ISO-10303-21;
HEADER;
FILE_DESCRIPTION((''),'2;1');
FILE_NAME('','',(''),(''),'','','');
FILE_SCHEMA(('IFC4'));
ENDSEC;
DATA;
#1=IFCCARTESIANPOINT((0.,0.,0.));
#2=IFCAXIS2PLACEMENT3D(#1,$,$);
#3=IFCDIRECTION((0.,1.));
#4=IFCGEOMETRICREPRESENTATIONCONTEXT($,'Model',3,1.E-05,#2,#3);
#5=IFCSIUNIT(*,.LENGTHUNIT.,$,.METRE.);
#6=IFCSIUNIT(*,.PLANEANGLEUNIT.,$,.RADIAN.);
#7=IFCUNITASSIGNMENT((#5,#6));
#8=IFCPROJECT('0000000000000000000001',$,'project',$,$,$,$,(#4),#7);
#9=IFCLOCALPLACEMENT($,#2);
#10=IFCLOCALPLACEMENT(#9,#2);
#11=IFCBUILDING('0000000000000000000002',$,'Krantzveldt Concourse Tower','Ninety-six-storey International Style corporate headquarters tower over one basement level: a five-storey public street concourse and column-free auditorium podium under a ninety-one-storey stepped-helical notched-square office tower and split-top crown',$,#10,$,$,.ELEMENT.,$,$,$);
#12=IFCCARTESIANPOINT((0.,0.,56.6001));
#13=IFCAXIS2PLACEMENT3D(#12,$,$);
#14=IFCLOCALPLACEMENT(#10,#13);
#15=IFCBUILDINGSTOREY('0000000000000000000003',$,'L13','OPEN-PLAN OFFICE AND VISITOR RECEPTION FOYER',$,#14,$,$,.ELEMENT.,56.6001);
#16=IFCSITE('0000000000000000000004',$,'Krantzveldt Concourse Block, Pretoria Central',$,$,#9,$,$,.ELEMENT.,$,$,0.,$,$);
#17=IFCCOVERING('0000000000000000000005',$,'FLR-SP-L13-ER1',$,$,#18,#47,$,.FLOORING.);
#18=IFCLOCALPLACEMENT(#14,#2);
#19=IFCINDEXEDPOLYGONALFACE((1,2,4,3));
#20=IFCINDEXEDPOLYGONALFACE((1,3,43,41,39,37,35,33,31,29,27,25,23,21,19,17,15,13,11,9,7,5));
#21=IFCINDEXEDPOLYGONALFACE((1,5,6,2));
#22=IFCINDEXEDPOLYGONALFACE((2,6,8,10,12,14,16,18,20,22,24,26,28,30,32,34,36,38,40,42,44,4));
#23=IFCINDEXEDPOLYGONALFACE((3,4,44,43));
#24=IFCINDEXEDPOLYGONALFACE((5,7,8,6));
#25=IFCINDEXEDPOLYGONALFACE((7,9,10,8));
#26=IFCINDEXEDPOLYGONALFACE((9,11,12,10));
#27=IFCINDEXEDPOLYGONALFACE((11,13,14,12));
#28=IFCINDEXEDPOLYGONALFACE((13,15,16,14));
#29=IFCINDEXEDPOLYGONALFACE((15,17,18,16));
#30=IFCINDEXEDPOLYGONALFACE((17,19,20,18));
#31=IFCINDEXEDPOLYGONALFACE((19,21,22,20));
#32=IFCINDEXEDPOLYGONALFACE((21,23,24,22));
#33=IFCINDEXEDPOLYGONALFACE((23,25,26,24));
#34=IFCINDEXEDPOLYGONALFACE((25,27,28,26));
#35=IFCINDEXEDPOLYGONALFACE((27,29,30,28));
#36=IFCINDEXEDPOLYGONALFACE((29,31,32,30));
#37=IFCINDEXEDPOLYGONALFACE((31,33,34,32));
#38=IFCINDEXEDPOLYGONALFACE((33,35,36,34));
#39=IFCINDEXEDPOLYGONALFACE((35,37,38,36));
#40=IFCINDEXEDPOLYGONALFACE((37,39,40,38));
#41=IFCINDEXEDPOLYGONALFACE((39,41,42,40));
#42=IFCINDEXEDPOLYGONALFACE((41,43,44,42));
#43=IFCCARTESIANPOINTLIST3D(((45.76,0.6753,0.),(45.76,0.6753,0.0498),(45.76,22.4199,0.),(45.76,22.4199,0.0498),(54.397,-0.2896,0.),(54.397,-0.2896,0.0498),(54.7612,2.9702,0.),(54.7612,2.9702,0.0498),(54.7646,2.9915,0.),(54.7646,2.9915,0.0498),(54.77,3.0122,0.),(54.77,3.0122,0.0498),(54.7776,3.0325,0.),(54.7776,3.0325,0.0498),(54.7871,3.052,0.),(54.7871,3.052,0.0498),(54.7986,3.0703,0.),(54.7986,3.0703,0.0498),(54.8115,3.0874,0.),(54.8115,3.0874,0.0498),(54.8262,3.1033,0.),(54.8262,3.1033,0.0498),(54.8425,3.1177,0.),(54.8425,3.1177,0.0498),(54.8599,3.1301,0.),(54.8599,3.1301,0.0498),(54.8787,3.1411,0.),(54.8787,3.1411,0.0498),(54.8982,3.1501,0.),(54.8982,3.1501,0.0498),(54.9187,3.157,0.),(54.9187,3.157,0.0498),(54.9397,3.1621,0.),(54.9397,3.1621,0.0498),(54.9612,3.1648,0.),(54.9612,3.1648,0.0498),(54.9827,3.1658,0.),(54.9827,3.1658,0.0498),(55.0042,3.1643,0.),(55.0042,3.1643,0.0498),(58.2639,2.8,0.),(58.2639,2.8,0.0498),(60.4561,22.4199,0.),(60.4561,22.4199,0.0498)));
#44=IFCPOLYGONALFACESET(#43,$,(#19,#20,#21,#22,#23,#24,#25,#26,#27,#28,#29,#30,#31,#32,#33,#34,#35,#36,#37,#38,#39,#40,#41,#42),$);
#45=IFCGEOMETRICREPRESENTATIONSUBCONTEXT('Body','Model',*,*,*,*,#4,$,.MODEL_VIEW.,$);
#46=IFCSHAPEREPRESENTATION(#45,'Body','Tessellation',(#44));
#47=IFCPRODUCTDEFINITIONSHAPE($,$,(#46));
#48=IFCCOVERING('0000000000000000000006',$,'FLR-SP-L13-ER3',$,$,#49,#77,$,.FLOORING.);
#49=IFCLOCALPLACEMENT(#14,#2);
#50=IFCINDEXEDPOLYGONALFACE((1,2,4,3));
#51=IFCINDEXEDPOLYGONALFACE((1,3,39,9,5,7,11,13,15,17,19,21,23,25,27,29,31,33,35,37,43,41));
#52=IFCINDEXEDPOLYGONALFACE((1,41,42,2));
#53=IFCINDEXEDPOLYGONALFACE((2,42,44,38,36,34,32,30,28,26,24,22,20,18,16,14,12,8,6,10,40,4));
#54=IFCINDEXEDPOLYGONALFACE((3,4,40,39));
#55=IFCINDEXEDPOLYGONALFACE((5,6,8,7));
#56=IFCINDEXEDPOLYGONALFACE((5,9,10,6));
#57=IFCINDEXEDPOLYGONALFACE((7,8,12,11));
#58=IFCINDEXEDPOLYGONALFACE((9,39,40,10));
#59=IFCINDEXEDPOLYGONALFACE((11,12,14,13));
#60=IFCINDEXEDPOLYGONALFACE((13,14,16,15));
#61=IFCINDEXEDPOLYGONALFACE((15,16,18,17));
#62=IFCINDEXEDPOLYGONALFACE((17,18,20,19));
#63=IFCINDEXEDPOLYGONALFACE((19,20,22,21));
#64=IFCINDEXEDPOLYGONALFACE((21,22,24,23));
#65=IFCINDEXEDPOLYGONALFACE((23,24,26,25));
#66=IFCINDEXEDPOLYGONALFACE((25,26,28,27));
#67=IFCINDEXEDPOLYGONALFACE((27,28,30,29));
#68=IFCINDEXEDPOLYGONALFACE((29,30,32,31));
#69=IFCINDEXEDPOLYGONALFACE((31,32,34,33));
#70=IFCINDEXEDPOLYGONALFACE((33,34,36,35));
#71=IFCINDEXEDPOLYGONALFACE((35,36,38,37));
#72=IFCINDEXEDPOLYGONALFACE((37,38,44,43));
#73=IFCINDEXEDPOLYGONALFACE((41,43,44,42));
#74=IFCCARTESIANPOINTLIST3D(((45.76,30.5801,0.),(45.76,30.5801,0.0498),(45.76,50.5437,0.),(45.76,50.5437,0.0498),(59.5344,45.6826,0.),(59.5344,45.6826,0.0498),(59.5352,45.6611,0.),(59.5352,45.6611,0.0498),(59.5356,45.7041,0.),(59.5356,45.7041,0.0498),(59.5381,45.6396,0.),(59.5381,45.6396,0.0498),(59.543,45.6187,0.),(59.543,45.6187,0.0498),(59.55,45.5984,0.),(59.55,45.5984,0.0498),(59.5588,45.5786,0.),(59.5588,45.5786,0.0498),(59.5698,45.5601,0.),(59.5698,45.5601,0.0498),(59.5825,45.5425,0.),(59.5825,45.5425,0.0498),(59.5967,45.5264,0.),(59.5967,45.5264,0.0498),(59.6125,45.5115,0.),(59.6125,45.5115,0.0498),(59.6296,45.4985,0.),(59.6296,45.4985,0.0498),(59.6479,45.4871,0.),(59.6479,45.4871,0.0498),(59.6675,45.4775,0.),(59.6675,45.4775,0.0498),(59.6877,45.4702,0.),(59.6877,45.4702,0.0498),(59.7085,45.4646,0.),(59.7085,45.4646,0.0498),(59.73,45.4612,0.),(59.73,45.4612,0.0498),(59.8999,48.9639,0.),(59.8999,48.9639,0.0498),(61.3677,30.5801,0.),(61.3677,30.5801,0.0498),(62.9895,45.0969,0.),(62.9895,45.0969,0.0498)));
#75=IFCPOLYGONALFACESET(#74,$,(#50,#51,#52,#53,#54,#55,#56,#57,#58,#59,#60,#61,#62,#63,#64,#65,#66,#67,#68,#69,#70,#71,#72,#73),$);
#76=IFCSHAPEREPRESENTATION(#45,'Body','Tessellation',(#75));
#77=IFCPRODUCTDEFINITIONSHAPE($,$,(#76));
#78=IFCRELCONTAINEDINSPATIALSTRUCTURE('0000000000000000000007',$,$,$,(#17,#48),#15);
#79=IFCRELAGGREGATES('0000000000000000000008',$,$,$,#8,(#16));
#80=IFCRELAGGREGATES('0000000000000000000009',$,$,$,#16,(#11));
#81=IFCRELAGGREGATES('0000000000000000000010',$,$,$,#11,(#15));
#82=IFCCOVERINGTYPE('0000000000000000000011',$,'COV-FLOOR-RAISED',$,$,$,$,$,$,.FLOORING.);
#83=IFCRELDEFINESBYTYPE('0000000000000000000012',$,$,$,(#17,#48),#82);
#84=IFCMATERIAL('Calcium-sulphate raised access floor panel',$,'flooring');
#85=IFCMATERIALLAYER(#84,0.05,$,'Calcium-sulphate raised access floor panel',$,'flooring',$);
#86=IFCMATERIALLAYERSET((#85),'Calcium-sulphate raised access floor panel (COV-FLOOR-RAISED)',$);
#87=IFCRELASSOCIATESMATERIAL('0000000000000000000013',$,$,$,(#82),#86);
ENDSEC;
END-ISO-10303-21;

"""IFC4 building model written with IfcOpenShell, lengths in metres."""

from ifc_helpers import new_model, si_unit, direction, frame, origin, place, context, subcontext, project, spatial, polyline, outline, extrude, material, layer, layer_set, type_object, element, save


model = new_model("IFC4")

# Units and contexts
model_context = context("Model", 3, precision=1e-05, world=origin(), true_north=direction((0.0, 1.0)))
body_context = subcontext(model_context, "Body", "Model", "MODEL_VIEW")
ifc_project = project(units=[si_unit("LENGTHUNIT", "METRE"), si_unit("PLANEANGLEUNIT", "RADIAN")], contexts=[model_context])

# Site, building, storey
site_placement = place(None, origin())
site = spatial("IfcSite", under=ifc_project, at=site_placement, Name="Krantzveldt Concourse Block, Pretoria Central", CompositionType="ELEMENT", RefElevation=0.0)
building_placement = place(site_placement, origin())
building = spatial("IfcBuilding", under=site, at=building_placement, Name="Krantzveldt Concourse Tower", Description="Ninety-six-storey International Style corporate headquarters tower over one basement level: a five-storey public street concourse and column-free auditorium podium under a ninety-one-storey stepped-helical notched-square office tower and split-top crown", CompositionType="ELEMENT")
storey_placement = place(building_placement, frame((0.0, 0.0, 56.6001)))
storey = spatial("IfcBuildingStorey", under=building, at=storey_placement, Name="L13", Description="OPEN-PLAN OFFICE AND VISITOR RECEPTION FOYER", CompositionType="ELEMENT", Elevation=56.6001)

# Coverings
ifc_material_1 = material(Name="Calcium-sulphate raised access floor panel", Category="flooring")
ifc_layer_1 = layer(ifc_material_1, 0.05, Name="Calcium-sulphate raised access floor panel", Category="flooring")
ifc_layer_set_1 = layer_set([ifc_layer_1], Name="Calcium-sulphate raised access floor panel (COV-FLOOR-RAISED)")
covering_type_1 = type_object("IfcCoveringType", Name="COV-FLOOR-RAISED", PredefinedType="FLOORING", material=ifc_layer_set_1)
covering_1_placement = place(storey_placement, origin())
element("IfcCovering", 1, at=covering_1_placement, inside=storey, type_object=covering_type_1, Name="FLR-SP-L13-ER1", PredefinedType="FLOORING", context=body_context, shape_type="SweptSolid", body=[
    extrude(outline(polyline([(60.4561, 22.4199), (58.2639, 2.8), (55.0042, 3.1643), (54.9827, 3.1658), (54.9612, 3.1648), (54.9397, 3.1621), (54.9187, 3.157), (54.8982, 3.1501), (54.8787, 3.1411), (54.8599, 3.1301), (54.8425, 3.1177), (54.8262, 3.1033), (54.8115, 3.0874), (54.7986, 3.0703), (54.7871, 3.052), (54.7776, 3.0325), (54.77, 3.0122), (54.7646, 2.9915), (54.7612, 2.9702), (54.397, -0.2896), (45.76, 0.6753), (45.76, 22.4199), (60.4561, 22.4199)])), origin(), (0.0, 0.0, 1.0), 0.0498),
])
covering_2_placement = place(storey_placement, origin())
element("IfcCovering", 2, at=covering_2_placement, inside=storey, type_object=covering_type_1, Name="FLR-SP-L13-ER3", PredefinedType="FLOORING", context=body_context, shape_type="SweptSolid", body=[
    extrude(outline(polyline([(45.76, 50.5437), (59.8999, 48.9639), (59.5356, 45.7041), (59.5344, 45.6826), (59.5352, 45.6611), (59.5381, 45.6396), (59.543, 45.6187), (59.55, 45.5984), (59.5588, 45.5786), (59.5698, 45.5601), (59.5825, 45.5425), (59.5967, 45.5264), (59.6125, 45.5115), (59.6296, 45.4985), (59.6479, 45.4871), (59.6675, 45.4775), (59.6877, 45.4702), (59.7085, 45.4646), (59.73, 45.4612), (62.9895, 45.0969), (61.3677, 30.5801), (45.76, 30.5801), (45.76, 50.5437)])), origin(), (0.0, 0.0, 1.0), 0.0498),
])

save(model, "model.ifc")
